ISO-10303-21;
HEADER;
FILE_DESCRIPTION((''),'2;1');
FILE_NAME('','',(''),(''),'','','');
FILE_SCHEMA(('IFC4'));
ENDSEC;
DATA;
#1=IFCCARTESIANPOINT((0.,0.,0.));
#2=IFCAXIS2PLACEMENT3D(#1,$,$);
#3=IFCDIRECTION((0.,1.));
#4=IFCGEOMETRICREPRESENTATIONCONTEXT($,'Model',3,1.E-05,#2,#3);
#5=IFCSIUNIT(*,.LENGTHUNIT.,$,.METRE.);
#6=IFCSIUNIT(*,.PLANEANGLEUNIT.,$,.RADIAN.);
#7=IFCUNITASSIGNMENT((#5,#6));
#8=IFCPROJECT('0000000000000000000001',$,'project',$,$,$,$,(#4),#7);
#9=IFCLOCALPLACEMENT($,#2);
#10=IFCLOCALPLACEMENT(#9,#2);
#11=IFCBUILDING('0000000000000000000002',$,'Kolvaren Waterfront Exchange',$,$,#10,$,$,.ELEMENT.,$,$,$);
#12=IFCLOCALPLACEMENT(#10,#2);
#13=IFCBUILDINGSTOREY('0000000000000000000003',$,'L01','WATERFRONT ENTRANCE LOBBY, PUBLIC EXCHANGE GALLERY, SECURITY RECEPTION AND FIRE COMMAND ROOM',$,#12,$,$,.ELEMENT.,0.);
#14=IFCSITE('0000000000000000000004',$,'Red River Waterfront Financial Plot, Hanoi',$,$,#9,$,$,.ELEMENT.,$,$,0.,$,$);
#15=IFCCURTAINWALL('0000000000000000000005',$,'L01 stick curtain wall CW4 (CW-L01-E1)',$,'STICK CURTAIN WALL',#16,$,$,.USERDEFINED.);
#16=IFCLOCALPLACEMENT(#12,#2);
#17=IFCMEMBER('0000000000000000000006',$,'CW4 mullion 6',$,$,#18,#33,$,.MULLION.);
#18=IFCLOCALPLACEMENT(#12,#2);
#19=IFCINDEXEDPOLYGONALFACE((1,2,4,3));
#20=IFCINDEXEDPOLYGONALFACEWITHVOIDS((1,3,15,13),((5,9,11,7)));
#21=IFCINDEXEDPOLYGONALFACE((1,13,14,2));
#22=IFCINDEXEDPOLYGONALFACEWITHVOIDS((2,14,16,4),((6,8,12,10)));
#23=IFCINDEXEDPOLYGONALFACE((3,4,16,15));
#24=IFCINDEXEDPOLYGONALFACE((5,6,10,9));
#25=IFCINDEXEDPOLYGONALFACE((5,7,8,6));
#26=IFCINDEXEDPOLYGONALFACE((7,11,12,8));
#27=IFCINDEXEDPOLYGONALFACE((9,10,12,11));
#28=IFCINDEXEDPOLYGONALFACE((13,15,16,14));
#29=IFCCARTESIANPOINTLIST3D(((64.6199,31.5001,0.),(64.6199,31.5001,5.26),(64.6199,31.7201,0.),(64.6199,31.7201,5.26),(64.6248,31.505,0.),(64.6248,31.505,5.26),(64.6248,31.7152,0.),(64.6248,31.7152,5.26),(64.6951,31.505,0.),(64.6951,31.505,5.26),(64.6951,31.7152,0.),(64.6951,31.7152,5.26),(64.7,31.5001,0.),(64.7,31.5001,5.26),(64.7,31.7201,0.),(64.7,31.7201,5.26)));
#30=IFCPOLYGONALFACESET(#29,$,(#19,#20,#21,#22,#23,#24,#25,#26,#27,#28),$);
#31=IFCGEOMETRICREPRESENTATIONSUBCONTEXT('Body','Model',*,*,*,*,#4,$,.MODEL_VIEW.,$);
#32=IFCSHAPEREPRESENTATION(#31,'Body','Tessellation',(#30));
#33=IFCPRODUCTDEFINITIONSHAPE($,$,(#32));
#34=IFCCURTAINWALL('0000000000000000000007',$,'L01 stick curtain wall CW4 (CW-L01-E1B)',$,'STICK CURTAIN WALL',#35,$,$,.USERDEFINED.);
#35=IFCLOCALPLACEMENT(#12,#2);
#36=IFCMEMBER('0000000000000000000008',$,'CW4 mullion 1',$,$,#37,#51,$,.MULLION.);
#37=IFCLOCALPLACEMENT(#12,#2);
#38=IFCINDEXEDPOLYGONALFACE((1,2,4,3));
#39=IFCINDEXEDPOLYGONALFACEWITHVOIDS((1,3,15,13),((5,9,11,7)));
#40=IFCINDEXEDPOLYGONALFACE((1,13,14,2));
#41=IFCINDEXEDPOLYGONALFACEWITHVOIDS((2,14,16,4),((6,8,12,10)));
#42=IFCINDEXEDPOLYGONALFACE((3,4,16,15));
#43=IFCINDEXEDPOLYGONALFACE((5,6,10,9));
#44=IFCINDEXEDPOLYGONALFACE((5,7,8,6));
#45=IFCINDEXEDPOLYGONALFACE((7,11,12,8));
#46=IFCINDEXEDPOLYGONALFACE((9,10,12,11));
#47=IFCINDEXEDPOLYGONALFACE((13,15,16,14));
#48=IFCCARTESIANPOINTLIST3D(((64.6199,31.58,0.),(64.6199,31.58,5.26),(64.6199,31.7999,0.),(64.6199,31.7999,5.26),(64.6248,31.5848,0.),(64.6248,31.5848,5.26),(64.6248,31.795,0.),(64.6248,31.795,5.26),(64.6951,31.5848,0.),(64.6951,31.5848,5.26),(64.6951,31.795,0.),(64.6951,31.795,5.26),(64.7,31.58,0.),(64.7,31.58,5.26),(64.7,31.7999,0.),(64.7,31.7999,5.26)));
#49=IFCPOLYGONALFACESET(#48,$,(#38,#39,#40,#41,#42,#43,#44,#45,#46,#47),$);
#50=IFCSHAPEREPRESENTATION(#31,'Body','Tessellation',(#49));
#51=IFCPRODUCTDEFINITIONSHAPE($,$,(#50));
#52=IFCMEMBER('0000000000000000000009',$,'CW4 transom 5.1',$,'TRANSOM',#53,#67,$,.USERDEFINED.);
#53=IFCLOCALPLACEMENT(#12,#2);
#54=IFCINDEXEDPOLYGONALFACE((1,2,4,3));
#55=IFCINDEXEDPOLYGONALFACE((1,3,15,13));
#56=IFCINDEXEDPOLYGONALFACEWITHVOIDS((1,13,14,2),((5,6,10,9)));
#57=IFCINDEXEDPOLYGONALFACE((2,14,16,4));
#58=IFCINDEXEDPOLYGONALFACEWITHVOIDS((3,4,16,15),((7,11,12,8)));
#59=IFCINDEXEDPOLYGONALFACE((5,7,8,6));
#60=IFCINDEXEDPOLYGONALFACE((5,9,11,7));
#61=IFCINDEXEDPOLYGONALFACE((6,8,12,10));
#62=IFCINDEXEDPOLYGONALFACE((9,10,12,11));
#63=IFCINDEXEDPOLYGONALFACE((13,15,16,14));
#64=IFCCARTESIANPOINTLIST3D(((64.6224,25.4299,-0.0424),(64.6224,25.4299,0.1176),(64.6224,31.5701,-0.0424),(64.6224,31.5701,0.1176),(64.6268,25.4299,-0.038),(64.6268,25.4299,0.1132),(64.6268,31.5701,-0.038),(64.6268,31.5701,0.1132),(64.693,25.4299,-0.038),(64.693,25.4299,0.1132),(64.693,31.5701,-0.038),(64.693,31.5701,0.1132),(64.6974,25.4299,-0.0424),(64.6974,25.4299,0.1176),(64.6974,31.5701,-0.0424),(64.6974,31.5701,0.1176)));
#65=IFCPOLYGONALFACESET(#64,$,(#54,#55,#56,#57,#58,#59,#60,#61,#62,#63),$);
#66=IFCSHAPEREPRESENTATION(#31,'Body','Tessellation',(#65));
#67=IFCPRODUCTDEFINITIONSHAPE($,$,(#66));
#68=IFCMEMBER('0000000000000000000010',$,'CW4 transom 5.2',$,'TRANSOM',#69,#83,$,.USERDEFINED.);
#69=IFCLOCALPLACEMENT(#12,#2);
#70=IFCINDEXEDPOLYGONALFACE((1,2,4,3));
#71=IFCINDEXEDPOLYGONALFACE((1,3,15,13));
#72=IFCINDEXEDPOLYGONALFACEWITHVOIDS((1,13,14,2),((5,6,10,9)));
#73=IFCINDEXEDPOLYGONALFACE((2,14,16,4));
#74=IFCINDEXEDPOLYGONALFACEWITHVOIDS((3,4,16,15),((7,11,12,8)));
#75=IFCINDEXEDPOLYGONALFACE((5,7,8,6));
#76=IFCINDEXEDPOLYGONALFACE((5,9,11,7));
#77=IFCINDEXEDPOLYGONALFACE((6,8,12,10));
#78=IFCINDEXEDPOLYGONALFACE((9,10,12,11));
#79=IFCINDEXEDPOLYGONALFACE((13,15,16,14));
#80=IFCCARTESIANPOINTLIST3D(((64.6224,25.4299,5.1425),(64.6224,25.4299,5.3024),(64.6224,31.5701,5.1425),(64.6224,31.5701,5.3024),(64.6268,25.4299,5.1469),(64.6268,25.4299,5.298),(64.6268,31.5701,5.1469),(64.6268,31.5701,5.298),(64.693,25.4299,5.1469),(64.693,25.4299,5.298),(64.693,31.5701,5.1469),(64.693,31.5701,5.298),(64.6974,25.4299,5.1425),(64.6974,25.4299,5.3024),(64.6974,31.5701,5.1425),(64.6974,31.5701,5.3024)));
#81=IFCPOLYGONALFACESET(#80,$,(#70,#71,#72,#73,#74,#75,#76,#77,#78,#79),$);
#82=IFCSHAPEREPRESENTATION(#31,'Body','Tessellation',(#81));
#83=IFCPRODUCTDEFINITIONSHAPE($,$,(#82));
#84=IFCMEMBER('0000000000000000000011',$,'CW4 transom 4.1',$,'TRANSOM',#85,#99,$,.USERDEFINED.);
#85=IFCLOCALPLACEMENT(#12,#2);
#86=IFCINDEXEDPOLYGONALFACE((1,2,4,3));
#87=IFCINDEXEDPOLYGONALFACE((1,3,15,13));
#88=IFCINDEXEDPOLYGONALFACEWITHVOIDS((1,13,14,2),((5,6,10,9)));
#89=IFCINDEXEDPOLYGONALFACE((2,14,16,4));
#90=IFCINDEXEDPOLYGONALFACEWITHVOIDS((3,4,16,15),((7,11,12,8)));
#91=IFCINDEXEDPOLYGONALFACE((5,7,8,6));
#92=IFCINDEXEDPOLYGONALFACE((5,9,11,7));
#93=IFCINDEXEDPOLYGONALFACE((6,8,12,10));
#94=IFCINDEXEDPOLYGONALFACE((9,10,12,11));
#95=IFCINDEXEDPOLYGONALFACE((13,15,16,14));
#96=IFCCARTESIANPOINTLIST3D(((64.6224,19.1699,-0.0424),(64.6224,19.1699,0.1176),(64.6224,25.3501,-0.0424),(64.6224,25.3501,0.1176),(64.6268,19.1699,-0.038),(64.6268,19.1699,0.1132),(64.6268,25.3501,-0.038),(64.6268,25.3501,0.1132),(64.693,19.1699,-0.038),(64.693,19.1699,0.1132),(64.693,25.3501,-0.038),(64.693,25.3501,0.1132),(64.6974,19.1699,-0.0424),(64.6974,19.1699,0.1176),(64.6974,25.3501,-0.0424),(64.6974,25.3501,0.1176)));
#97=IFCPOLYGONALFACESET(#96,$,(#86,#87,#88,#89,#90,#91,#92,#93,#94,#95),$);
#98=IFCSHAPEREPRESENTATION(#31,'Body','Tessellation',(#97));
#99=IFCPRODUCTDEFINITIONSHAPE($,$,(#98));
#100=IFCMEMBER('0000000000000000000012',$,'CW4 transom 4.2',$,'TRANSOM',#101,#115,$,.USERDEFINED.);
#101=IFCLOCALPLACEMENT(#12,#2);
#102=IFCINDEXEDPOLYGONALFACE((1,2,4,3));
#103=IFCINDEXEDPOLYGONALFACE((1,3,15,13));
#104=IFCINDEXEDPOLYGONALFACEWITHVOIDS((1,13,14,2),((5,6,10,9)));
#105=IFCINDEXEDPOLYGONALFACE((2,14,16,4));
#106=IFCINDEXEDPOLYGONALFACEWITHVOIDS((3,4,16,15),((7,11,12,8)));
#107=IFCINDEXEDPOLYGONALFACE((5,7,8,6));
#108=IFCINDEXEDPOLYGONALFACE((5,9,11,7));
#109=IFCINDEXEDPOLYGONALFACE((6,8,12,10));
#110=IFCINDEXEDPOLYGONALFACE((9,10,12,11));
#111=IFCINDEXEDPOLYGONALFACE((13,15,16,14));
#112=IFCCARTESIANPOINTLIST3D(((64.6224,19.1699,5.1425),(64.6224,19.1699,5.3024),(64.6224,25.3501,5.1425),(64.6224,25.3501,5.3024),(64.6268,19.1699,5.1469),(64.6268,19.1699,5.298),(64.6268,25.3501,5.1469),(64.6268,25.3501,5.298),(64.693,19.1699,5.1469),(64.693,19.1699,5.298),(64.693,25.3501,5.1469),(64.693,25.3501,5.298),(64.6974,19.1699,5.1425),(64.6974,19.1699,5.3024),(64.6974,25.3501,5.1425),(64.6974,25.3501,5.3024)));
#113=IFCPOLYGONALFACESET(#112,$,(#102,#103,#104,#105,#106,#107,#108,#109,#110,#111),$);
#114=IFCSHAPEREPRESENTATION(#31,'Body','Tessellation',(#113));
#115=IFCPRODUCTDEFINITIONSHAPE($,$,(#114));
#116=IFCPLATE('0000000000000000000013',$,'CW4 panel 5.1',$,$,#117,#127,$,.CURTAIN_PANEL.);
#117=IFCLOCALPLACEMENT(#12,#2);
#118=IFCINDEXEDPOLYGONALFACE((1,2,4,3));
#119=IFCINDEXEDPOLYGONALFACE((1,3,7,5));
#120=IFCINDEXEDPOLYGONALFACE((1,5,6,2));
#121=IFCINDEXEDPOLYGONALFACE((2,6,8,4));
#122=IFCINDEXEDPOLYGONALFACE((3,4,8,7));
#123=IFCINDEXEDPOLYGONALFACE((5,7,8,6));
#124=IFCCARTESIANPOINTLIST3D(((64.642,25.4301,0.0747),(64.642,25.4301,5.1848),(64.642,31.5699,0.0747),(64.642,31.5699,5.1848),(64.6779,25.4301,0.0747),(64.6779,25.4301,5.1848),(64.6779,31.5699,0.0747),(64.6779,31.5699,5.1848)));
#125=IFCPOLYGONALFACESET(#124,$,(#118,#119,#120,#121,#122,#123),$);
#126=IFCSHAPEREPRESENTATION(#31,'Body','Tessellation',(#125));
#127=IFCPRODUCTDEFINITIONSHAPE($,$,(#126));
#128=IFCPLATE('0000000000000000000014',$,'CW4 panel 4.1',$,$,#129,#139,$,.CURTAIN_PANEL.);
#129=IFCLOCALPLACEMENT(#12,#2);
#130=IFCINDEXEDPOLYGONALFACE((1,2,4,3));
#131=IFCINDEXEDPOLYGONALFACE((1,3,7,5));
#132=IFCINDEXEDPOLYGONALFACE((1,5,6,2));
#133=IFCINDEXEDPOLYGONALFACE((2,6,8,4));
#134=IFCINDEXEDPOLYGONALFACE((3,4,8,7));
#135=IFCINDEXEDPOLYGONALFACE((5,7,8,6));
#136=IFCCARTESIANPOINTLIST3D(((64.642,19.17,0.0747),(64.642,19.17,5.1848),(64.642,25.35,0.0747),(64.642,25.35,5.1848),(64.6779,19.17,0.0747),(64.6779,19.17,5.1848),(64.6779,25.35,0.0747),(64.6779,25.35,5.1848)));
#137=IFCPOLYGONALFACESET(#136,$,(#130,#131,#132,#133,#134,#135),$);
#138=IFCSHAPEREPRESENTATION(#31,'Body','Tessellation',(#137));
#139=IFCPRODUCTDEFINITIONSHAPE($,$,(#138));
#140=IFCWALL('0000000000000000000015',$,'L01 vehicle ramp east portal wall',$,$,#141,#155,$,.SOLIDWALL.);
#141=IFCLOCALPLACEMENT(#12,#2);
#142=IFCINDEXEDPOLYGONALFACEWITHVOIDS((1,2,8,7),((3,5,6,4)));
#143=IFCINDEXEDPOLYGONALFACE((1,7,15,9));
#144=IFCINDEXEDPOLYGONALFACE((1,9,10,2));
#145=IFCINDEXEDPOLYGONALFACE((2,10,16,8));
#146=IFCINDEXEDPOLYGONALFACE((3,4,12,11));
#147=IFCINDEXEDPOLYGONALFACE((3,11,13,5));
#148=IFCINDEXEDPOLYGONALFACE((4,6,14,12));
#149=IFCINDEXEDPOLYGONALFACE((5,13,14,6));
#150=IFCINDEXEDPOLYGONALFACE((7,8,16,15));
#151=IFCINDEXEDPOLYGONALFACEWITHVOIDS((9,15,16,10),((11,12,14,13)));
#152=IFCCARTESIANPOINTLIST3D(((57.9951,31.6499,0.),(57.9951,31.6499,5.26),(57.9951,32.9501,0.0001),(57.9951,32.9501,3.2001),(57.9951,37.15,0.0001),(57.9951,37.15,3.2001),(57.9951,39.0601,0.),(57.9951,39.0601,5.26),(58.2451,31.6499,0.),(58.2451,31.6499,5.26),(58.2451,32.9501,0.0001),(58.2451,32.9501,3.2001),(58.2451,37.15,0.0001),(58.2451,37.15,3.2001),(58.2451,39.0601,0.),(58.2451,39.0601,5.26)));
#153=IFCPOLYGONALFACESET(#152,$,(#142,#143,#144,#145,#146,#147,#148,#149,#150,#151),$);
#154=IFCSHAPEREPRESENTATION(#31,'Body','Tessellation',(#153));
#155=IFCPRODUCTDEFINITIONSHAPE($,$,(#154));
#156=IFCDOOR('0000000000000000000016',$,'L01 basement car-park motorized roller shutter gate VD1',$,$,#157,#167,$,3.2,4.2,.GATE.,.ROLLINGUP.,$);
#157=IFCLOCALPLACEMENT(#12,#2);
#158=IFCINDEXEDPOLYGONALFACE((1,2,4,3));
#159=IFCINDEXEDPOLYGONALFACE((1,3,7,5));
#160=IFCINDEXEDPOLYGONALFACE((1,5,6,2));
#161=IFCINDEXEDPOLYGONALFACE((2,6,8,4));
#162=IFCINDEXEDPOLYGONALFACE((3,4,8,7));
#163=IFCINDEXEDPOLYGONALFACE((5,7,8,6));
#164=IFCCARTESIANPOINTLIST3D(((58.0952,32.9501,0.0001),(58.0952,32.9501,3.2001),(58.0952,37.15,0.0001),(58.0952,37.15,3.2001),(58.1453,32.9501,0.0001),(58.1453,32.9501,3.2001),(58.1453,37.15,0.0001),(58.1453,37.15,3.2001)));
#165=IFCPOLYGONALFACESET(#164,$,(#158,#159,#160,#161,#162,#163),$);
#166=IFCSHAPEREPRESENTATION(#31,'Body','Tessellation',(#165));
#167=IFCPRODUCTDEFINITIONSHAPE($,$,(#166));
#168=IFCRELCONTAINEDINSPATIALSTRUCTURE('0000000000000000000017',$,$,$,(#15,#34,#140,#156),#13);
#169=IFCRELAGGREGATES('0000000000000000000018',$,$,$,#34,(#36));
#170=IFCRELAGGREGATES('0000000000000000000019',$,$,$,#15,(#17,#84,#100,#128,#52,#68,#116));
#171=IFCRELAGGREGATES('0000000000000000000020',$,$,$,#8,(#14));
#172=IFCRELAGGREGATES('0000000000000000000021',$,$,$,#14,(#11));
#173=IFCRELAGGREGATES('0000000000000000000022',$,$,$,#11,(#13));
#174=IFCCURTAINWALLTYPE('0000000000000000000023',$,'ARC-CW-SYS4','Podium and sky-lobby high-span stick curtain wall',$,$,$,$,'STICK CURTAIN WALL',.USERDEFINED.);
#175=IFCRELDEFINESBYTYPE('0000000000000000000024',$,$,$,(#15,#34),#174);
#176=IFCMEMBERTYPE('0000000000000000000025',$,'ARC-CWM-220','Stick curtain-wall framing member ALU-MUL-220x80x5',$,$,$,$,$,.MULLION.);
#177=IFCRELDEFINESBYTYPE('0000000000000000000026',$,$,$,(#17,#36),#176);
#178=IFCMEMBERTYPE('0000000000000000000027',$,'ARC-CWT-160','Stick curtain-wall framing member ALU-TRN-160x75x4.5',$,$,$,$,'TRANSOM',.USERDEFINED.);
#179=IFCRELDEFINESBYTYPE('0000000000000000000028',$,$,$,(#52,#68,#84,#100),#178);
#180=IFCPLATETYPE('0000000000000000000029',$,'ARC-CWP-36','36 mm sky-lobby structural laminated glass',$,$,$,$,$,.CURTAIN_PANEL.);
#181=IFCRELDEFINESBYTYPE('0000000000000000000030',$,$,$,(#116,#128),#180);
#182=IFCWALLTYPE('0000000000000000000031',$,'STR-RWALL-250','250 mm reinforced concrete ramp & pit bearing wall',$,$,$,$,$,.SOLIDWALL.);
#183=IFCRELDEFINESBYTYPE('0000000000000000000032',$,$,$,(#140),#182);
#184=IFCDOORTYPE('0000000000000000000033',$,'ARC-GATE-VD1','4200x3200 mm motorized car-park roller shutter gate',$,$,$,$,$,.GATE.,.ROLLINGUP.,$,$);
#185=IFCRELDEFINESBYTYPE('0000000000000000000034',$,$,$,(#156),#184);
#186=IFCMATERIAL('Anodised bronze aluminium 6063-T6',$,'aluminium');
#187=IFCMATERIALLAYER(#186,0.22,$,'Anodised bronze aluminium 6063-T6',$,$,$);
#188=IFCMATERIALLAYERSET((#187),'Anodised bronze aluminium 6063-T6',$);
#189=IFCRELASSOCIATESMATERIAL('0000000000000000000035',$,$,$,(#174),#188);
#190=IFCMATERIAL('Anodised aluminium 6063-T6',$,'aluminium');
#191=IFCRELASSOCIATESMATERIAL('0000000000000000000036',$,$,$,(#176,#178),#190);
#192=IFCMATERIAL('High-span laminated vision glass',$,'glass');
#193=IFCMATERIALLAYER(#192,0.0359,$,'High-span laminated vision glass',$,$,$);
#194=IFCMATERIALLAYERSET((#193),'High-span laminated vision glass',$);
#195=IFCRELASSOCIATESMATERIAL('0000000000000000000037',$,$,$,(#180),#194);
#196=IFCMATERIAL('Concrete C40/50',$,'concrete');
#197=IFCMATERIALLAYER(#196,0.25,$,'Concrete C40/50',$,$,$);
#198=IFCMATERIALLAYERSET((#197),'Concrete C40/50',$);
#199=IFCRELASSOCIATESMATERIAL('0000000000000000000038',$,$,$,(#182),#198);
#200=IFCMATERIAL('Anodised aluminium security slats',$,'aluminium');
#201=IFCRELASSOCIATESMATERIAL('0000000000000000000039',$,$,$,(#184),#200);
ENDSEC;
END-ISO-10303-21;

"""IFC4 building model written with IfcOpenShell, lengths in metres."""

from ifc_helpers import new_model, si_unit, direction, frame, frame_2d, origin, origin_with_axes, origin_2d, place, context, subcontext, project, spatial, rectangle, hollow_rectangle, extrude, source, transform, mapped, material, layer, layer_set, material_profile, profile_set, type_object, element, fill, aggregate, save


model = new_model("IFC4")

# Units and contexts
model_context = context("Model", 3, precision=1e-05, world=origin(), true_north=direction((0.0, 1.0)))
body_context = subcontext(model_context, "Body", "Model", "MODEL_VIEW")
ifc_project = project(units=[si_unit("LENGTHUNIT", "METRE"), si_unit("PLANEANGLEUNIT", "RADIAN")], contexts=[model_context])

# Site, building, storey
site_placement = place(None, origin())
site = spatial("IfcSite", under=ifc_project, at=site_placement, Name="Red River Waterfront Financial Plot, Hanoi", CompositionType="ELEMENT", RefElevation=0.0)
building_placement = place(site_placement, origin())
building = spatial("IfcBuilding", under=site, at=building_placement, Name="Kolvaren Waterfront Exchange", CompositionType="ELEMENT")
storey_placement = place(building_placement, origin())
storey = spatial("IfcBuildingStorey", under=building, at=storey_placement, Name="L01", Description="WATERFRONT ENTRANCE LOBBY, PUBLIC EXCHANGE GALLERY, SECURITY RECEPTION AND FIRE COMMAND ROOM", CompositionType="ELEMENT", Elevation=0.0)

# Curtain wall, member
ifc_material_1 = material(Name="Anodised bronze aluminium 6063-T6", Category="aluminium")
ifc_layer_1 = layer(ifc_material_1, 0.22, Name="Anodised bronze aluminium 6063-T6")
ifc_layer_set_1 = layer_set([ifc_layer_1], Name="Anodised bronze aluminium 6063-T6")
curtain_wall_type = type_object("IfcCurtainWallType", Name="ARC-CW-SYS4", Description="Podium and sky-lobby high-span stick curtain wall", ElementType="STICK CURTAIN WALL", PredefinedType="USERDEFINED", material=ifc_layer_set_1)
curtain_wall_1_placement = place(storey_placement, origin())
curtain_wall_1 = element("IfcCurtainWall", 1, at=curtain_wall_1_placement, inside=storey, type_object=curtain_wall_type, Name="L01 stick curtain wall CW4 (CW-L01-E1)", ObjectType="STICK CURTAIN WALL", PredefinedType="USERDEFINED")
ifc_material_2 = material(Name="Anodised aluminium 6063-T6", Category="aluminium")
ifc_material_profile_1 = material_profile(ifc_material_2, hollow_rectangle(XDim=0.0801, YDim=0.22, WallThickness=0.0049, at=origin_2d()), Name="ALU-MUL-220x80x5")
ifc_profile_set_1 = profile_set([ifc_material_profile_1], Name="Anodised aluminium 6063-T6")
member_type_1 = type_object("IfcMemberType", Name="ARC-CWM-220", Description="Stick curtain-wall framing member ALU-MUL-220x80x5", PredefinedType="MULLION", material=ifc_profile_set_1)
shared_shape_1 = source(origin_with_axes(), body_context, "Body", "SweptSolid", [
    extrude(hollow_rectangle(XDim=0.0801, YDim=0.22, WallThickness=0.0049, at=origin_2d()), origin(), (0.0, 0.0, 1.0), 5.26),
])
member_1_placement = place(storey_placement, frame((64.6599, 31.6101, 0.0), z_axis=(0.0, 0.0, 1.0), x_axis=(-1.0, 0.0, 0.0)))
member_1 = element("IfcMember", 2, at=member_1_placement, type_object=member_type_1, Name="CW4 mullion 6", PredefinedType="MULLION", context=body_context, shape_type="MappedRepresentation", body=[
    mapped(shared_shape_1, transform((0.0, 0.0, 0.0), x_axis=(1.0, 0.0, 0.0), y_axis=(0.0, 1.0, 0.0), z_axis=(0.0, 0.0, 1.0), scale=1.0)),
])

# Curtain wall, member
curtain_wall_2_placement = place(storey_placement, origin())
curtain_wall_2 = element("IfcCurtainWall", 3, at=curtain_wall_2_placement, inside=storey, type_object=curtain_wall_type, Name="L01 stick curtain wall CW4 (CW-L01-E1B)", ObjectType="STICK CURTAIN WALL", PredefinedType="USERDEFINED")
member_2_placement = place(storey_placement, frame((64.6599, 31.6899, 0.0), z_axis=(0.0, 0.0, 1.0), x_axis=(-1.0, 0.0, 0.0)))
member_2 = element("IfcMember", 4, at=member_2_placement, type_object=member_type_1, Name="CW4 mullion 1", PredefinedType="MULLION", context=body_context, shape_type="MappedRepresentation", body=[
    mapped(shared_shape_1, transform((0.0, 0.0, 0.0), x_axis=(1.0, 0.0, 0.0), y_axis=(0.0, 1.0, 0.0), z_axis=(0.0, 0.0, 1.0), scale=1.0)),
])
aggregate(curtain_wall_2, [member_2])

# Members
ifc_material_profile_2 = material_profile(ifc_material_2, hollow_rectangle(XDim=0.075, YDim=0.1599, WallThickness=0.0044, at=origin_2d()), Name="ALU-TRN-160x75x4.5")
ifc_profile_set_2 = profile_set([ifc_material_profile_2], Name="Anodised aluminium 6063-T6")
member_type_2 = type_object("IfcMemberType", Name="ARC-CWT-160", Description="Stick curtain-wall framing member ALU-TRN-160x75x4.5", ElementType="TRANSOM", PredefinedType="USERDEFINED", material=ifc_profile_set_2)
shared_shape_2 = source(origin_with_axes(), body_context, "Body", "SweptSolid", [
    extrude(hollow_rectangle(XDim=0.075, YDim=0.1599, WallThickness=0.0044, at=origin_2d()), origin(), (0.0, 0.0, 1.0), 6.1401),
])
member_3_placement = place(storey_placement, frame((64.6599, 25.4299, 0.0376), z_axis=(0.0, 1.0, 0.0), x_axis=(-1.0, 0.0, 0.0)))
member_3 = element("IfcMember", 5, at=member_3_placement, type_object=member_type_2, Name="CW4 transom 5.1", ObjectType="TRANSOM", PredefinedType="USERDEFINED", context=body_context, shape_type="MappedRepresentation", body=[
    mapped(shared_shape_2, transform((0.0, 0.0, 0.0), x_axis=(1.0, 0.0, 0.0), y_axis=(0.0, 1.0, 0.0), z_axis=(0.0, 0.0, 1.0), scale=1.0)),
])
member_4_placement = place(storey_placement, frame((64.6599, 25.4299, 5.2224), z_axis=(0.0, 1.0, 0.0), x_axis=(-1.0, 0.0, 0.0)))
member_4 = element("IfcMember", 6, at=member_4_placement, type_object=member_type_2, Name="CW4 transom 5.2", ObjectType="TRANSOM", PredefinedType="USERDEFINED", context=body_context, shape_type="MappedRepresentation", body=[
    mapped(shared_shape_2, transform((0.0, 0.0, 0.0), x_axis=(1.0, 0.0, 0.0), y_axis=(0.0, 1.0, 0.0), z_axis=(0.0, 0.0, 1.0), scale=1.0)),
])
shared_shape_3 = source(origin_with_axes(), body_context, "Body", "SweptSolid", [
    extrude(hollow_rectangle(XDim=0.075, YDim=0.1599, WallThickness=0.0044, at=origin_2d()), origin(), (0.0, 0.0, 1.0), 6.1802),
])
member_5_placement = place(storey_placement, frame((64.6599, 19.1699, 0.0376), z_axis=(0.0, 1.0, 0.0), x_axis=(-1.0, 0.0, 0.0)))
member_5 = element("IfcMember", 7, at=member_5_placement, type_object=member_type_2, Name="CW4 transom 4.1", ObjectType="TRANSOM", PredefinedType="USERDEFINED", context=body_context, shape_type="MappedRepresentation", body=[
    mapped(shared_shape_3, transform((0.0, 0.0, 0.0), x_axis=(1.0, 0.0, 0.0), y_axis=(0.0, 1.0, 0.0), z_axis=(0.0, 0.0, 1.0), scale=1.0)),
])
member_6_placement = place(storey_placement, frame((64.6599, 19.1699, 5.2224), z_axis=(0.0, 1.0, 0.0), x_axis=(-1.0, 0.0, 0.0)))
member_6 = element("IfcMember", 8, at=member_6_placement, type_object=member_type_2, Name="CW4 transom 4.2", ObjectType="TRANSOM", PredefinedType="USERDEFINED", context=body_context, shape_type="MappedRepresentation", body=[
    mapped(shared_shape_3, transform((0.0, 0.0, 0.0), x_axis=(1.0, 0.0, 0.0), y_axis=(0.0, 1.0, 0.0), z_axis=(0.0, 0.0, 1.0), scale=1.0)),
])

# Plates
ifc_material_3 = material(Name="High-span laminated vision glass", Category="glass")
ifc_layer_2 = layer(ifc_material_3, 0.0359, Name="High-span laminated vision glass")
ifc_layer_set_2 = layer_set([ifc_layer_2], Name="High-span laminated vision glass")
plate_type = type_object("IfcPlateType", Name="ARC-CWP-36", Description="36 mm sky-lobby structural laminated glass", PredefinedType="CURTAIN_PANEL", material=ifc_layer_set_2)
shared_shape_4 = source(origin_with_axes(), body_context, "Body", "SweptSolid", [
    extrude(rectangle(XDim=6.1399, YDim=0.0359, at=origin_2d()), origin(), (0.0, 0.0, 1.0), 5.1101),
])
plate_1_placement = place(storey_placement, frame((64.6599, 28.5, 0.0747), z_axis=(0.0, 0.0, 1.0), x_axis=(0.0, 1.0, 0.0)))
plate_1 = element("IfcPlate", 9, at=plate_1_placement, type_object=plate_type, Name="CW4 panel 5.1", PredefinedType="CURTAIN_PANEL", context=body_context, shape_type="MappedRepresentation", body=[
    mapped(shared_shape_4, transform((0.0, 0.0, 0.0), x_axis=(1.0, 0.0, 0.0), y_axis=(0.0, 1.0, 0.0), z_axis=(0.0, 0.0, 1.0), scale=1.0)),
])
shared_shape_5 = source(origin_with_axes(), body_context, "Body", "SweptSolid", [
    extrude(rectangle(XDim=6.1799, YDim=0.0359, at=origin_2d()), origin(), (0.0, 0.0, 1.0), 5.1101),
])
plate_2_placement = place(storey_placement, frame((64.6599, 22.26, 0.0747), z_axis=(0.0, 0.0, 1.0), x_axis=(0.0, 1.0, 0.0)))
plate_2 = element("IfcPlate", 10, at=plate_2_placement, type_object=plate_type, Name="CW4 panel 4.1", PredefinedType="CURTAIN_PANEL", context=body_context, shape_type="MappedRepresentation", body=[
    mapped(shared_shape_5, transform((0.0, 0.0, 0.0), x_axis=(1.0, 0.0, 0.0), y_axis=(0.0, 1.0, 0.0), z_axis=(0.0, 0.0, 1.0), scale=1.0)),
])
aggregate(curtain_wall_1, [member_1, member_5, member_6, plate_2, member_3, member_4, plate_1])

# Wall, opening, door
ifc_material_4 = material(Name="Concrete C40/50", Category="concrete")
ifc_layer_3 = layer(ifc_material_4, 0.25, Name="Concrete C40/50")
ifc_layer_set_3 = layer_set([ifc_layer_3], Name="Concrete C40/50")
wall_type = type_object("IfcWallType", Name="STR-RWALL-250", Description="250 mm reinforced concrete ramp & pit bearing wall", PredefinedType="SOLIDWALL", material=ifc_layer_set_3)
wall_placement = place(storey_placement, frame((58.1201, 31.6499, 0.0), z_axis=(0.0, 0.0, 1.0), x_axis=(0.0, 1.0, 0.0)))
wall = element("IfcWall", 11, at=wall_placement, inside=storey, type_object=wall_type, Name="L01 vehicle ramp east portal wall", PredefinedType="SOLIDWALL", context=body_context, shape_type="SweptSolid", body=[
    extrude(rectangle(XDim=7.4102, YDim=0.25, at=frame_2d((3.7051, 0.0))), origin(), (0.0, 0.0, 1.0), 5.26),
])
opening_placement = place(wall_placement, frame((1.3, 0.0, 0.0)))
opening = element("IfcOpeningElement", 12, at=opening_placement, cuts=wall, PredefinedType="OPENING", context=body_context, shape_type="SweptSolid", body=[
    extrude(rectangle(XDim=4.2, YDim=3.2, at=frame_2d((2.1001, 1.6001))), frame((0.0, 0.135, 0.0), z_axis=(0.0, -1.0, 0.0), x_axis=(1.0, 0.0, 0.0)), (0.0, 0.0, 1.0), 0.27),
])
ifc_material_5 = material(Name="Anodised aluminium security slats", Category="aluminium")
door_type = type_object("IfcDoorType", Name="ARC-GATE-VD1", Description="4200x3200 mm motorized car-park roller shutter gate", OperationType="ROLLINGUP", PredefinedType="GATE", material=ifc_material_5)
door_placement = place(opening_placement, origin())
door = element("IfcDoor", 13, at=door_placement, inside=storey, type_object=door_type, Name="L01 basement car-park motorized roller shutter gate VD1", OperationType="ROLLINGUP", OverallHeight=3.2, OverallWidth=4.2, PredefinedType="GATE", context=body_context, shape_type="SweptSolid", body=[
    extrude(rectangle(XDim=4.2, YDim=3.2, at=frame_2d((2.1001, 1.6001))), frame((0.0, 0.0249, 0.0), z_axis=(0.0, -1.0, 0.0), x_axis=(1.0, 0.0, 0.0)), (0.0, 0.0, 1.0), 0.05),
])
fill(opening, door)

save(model, "model.ifc")
